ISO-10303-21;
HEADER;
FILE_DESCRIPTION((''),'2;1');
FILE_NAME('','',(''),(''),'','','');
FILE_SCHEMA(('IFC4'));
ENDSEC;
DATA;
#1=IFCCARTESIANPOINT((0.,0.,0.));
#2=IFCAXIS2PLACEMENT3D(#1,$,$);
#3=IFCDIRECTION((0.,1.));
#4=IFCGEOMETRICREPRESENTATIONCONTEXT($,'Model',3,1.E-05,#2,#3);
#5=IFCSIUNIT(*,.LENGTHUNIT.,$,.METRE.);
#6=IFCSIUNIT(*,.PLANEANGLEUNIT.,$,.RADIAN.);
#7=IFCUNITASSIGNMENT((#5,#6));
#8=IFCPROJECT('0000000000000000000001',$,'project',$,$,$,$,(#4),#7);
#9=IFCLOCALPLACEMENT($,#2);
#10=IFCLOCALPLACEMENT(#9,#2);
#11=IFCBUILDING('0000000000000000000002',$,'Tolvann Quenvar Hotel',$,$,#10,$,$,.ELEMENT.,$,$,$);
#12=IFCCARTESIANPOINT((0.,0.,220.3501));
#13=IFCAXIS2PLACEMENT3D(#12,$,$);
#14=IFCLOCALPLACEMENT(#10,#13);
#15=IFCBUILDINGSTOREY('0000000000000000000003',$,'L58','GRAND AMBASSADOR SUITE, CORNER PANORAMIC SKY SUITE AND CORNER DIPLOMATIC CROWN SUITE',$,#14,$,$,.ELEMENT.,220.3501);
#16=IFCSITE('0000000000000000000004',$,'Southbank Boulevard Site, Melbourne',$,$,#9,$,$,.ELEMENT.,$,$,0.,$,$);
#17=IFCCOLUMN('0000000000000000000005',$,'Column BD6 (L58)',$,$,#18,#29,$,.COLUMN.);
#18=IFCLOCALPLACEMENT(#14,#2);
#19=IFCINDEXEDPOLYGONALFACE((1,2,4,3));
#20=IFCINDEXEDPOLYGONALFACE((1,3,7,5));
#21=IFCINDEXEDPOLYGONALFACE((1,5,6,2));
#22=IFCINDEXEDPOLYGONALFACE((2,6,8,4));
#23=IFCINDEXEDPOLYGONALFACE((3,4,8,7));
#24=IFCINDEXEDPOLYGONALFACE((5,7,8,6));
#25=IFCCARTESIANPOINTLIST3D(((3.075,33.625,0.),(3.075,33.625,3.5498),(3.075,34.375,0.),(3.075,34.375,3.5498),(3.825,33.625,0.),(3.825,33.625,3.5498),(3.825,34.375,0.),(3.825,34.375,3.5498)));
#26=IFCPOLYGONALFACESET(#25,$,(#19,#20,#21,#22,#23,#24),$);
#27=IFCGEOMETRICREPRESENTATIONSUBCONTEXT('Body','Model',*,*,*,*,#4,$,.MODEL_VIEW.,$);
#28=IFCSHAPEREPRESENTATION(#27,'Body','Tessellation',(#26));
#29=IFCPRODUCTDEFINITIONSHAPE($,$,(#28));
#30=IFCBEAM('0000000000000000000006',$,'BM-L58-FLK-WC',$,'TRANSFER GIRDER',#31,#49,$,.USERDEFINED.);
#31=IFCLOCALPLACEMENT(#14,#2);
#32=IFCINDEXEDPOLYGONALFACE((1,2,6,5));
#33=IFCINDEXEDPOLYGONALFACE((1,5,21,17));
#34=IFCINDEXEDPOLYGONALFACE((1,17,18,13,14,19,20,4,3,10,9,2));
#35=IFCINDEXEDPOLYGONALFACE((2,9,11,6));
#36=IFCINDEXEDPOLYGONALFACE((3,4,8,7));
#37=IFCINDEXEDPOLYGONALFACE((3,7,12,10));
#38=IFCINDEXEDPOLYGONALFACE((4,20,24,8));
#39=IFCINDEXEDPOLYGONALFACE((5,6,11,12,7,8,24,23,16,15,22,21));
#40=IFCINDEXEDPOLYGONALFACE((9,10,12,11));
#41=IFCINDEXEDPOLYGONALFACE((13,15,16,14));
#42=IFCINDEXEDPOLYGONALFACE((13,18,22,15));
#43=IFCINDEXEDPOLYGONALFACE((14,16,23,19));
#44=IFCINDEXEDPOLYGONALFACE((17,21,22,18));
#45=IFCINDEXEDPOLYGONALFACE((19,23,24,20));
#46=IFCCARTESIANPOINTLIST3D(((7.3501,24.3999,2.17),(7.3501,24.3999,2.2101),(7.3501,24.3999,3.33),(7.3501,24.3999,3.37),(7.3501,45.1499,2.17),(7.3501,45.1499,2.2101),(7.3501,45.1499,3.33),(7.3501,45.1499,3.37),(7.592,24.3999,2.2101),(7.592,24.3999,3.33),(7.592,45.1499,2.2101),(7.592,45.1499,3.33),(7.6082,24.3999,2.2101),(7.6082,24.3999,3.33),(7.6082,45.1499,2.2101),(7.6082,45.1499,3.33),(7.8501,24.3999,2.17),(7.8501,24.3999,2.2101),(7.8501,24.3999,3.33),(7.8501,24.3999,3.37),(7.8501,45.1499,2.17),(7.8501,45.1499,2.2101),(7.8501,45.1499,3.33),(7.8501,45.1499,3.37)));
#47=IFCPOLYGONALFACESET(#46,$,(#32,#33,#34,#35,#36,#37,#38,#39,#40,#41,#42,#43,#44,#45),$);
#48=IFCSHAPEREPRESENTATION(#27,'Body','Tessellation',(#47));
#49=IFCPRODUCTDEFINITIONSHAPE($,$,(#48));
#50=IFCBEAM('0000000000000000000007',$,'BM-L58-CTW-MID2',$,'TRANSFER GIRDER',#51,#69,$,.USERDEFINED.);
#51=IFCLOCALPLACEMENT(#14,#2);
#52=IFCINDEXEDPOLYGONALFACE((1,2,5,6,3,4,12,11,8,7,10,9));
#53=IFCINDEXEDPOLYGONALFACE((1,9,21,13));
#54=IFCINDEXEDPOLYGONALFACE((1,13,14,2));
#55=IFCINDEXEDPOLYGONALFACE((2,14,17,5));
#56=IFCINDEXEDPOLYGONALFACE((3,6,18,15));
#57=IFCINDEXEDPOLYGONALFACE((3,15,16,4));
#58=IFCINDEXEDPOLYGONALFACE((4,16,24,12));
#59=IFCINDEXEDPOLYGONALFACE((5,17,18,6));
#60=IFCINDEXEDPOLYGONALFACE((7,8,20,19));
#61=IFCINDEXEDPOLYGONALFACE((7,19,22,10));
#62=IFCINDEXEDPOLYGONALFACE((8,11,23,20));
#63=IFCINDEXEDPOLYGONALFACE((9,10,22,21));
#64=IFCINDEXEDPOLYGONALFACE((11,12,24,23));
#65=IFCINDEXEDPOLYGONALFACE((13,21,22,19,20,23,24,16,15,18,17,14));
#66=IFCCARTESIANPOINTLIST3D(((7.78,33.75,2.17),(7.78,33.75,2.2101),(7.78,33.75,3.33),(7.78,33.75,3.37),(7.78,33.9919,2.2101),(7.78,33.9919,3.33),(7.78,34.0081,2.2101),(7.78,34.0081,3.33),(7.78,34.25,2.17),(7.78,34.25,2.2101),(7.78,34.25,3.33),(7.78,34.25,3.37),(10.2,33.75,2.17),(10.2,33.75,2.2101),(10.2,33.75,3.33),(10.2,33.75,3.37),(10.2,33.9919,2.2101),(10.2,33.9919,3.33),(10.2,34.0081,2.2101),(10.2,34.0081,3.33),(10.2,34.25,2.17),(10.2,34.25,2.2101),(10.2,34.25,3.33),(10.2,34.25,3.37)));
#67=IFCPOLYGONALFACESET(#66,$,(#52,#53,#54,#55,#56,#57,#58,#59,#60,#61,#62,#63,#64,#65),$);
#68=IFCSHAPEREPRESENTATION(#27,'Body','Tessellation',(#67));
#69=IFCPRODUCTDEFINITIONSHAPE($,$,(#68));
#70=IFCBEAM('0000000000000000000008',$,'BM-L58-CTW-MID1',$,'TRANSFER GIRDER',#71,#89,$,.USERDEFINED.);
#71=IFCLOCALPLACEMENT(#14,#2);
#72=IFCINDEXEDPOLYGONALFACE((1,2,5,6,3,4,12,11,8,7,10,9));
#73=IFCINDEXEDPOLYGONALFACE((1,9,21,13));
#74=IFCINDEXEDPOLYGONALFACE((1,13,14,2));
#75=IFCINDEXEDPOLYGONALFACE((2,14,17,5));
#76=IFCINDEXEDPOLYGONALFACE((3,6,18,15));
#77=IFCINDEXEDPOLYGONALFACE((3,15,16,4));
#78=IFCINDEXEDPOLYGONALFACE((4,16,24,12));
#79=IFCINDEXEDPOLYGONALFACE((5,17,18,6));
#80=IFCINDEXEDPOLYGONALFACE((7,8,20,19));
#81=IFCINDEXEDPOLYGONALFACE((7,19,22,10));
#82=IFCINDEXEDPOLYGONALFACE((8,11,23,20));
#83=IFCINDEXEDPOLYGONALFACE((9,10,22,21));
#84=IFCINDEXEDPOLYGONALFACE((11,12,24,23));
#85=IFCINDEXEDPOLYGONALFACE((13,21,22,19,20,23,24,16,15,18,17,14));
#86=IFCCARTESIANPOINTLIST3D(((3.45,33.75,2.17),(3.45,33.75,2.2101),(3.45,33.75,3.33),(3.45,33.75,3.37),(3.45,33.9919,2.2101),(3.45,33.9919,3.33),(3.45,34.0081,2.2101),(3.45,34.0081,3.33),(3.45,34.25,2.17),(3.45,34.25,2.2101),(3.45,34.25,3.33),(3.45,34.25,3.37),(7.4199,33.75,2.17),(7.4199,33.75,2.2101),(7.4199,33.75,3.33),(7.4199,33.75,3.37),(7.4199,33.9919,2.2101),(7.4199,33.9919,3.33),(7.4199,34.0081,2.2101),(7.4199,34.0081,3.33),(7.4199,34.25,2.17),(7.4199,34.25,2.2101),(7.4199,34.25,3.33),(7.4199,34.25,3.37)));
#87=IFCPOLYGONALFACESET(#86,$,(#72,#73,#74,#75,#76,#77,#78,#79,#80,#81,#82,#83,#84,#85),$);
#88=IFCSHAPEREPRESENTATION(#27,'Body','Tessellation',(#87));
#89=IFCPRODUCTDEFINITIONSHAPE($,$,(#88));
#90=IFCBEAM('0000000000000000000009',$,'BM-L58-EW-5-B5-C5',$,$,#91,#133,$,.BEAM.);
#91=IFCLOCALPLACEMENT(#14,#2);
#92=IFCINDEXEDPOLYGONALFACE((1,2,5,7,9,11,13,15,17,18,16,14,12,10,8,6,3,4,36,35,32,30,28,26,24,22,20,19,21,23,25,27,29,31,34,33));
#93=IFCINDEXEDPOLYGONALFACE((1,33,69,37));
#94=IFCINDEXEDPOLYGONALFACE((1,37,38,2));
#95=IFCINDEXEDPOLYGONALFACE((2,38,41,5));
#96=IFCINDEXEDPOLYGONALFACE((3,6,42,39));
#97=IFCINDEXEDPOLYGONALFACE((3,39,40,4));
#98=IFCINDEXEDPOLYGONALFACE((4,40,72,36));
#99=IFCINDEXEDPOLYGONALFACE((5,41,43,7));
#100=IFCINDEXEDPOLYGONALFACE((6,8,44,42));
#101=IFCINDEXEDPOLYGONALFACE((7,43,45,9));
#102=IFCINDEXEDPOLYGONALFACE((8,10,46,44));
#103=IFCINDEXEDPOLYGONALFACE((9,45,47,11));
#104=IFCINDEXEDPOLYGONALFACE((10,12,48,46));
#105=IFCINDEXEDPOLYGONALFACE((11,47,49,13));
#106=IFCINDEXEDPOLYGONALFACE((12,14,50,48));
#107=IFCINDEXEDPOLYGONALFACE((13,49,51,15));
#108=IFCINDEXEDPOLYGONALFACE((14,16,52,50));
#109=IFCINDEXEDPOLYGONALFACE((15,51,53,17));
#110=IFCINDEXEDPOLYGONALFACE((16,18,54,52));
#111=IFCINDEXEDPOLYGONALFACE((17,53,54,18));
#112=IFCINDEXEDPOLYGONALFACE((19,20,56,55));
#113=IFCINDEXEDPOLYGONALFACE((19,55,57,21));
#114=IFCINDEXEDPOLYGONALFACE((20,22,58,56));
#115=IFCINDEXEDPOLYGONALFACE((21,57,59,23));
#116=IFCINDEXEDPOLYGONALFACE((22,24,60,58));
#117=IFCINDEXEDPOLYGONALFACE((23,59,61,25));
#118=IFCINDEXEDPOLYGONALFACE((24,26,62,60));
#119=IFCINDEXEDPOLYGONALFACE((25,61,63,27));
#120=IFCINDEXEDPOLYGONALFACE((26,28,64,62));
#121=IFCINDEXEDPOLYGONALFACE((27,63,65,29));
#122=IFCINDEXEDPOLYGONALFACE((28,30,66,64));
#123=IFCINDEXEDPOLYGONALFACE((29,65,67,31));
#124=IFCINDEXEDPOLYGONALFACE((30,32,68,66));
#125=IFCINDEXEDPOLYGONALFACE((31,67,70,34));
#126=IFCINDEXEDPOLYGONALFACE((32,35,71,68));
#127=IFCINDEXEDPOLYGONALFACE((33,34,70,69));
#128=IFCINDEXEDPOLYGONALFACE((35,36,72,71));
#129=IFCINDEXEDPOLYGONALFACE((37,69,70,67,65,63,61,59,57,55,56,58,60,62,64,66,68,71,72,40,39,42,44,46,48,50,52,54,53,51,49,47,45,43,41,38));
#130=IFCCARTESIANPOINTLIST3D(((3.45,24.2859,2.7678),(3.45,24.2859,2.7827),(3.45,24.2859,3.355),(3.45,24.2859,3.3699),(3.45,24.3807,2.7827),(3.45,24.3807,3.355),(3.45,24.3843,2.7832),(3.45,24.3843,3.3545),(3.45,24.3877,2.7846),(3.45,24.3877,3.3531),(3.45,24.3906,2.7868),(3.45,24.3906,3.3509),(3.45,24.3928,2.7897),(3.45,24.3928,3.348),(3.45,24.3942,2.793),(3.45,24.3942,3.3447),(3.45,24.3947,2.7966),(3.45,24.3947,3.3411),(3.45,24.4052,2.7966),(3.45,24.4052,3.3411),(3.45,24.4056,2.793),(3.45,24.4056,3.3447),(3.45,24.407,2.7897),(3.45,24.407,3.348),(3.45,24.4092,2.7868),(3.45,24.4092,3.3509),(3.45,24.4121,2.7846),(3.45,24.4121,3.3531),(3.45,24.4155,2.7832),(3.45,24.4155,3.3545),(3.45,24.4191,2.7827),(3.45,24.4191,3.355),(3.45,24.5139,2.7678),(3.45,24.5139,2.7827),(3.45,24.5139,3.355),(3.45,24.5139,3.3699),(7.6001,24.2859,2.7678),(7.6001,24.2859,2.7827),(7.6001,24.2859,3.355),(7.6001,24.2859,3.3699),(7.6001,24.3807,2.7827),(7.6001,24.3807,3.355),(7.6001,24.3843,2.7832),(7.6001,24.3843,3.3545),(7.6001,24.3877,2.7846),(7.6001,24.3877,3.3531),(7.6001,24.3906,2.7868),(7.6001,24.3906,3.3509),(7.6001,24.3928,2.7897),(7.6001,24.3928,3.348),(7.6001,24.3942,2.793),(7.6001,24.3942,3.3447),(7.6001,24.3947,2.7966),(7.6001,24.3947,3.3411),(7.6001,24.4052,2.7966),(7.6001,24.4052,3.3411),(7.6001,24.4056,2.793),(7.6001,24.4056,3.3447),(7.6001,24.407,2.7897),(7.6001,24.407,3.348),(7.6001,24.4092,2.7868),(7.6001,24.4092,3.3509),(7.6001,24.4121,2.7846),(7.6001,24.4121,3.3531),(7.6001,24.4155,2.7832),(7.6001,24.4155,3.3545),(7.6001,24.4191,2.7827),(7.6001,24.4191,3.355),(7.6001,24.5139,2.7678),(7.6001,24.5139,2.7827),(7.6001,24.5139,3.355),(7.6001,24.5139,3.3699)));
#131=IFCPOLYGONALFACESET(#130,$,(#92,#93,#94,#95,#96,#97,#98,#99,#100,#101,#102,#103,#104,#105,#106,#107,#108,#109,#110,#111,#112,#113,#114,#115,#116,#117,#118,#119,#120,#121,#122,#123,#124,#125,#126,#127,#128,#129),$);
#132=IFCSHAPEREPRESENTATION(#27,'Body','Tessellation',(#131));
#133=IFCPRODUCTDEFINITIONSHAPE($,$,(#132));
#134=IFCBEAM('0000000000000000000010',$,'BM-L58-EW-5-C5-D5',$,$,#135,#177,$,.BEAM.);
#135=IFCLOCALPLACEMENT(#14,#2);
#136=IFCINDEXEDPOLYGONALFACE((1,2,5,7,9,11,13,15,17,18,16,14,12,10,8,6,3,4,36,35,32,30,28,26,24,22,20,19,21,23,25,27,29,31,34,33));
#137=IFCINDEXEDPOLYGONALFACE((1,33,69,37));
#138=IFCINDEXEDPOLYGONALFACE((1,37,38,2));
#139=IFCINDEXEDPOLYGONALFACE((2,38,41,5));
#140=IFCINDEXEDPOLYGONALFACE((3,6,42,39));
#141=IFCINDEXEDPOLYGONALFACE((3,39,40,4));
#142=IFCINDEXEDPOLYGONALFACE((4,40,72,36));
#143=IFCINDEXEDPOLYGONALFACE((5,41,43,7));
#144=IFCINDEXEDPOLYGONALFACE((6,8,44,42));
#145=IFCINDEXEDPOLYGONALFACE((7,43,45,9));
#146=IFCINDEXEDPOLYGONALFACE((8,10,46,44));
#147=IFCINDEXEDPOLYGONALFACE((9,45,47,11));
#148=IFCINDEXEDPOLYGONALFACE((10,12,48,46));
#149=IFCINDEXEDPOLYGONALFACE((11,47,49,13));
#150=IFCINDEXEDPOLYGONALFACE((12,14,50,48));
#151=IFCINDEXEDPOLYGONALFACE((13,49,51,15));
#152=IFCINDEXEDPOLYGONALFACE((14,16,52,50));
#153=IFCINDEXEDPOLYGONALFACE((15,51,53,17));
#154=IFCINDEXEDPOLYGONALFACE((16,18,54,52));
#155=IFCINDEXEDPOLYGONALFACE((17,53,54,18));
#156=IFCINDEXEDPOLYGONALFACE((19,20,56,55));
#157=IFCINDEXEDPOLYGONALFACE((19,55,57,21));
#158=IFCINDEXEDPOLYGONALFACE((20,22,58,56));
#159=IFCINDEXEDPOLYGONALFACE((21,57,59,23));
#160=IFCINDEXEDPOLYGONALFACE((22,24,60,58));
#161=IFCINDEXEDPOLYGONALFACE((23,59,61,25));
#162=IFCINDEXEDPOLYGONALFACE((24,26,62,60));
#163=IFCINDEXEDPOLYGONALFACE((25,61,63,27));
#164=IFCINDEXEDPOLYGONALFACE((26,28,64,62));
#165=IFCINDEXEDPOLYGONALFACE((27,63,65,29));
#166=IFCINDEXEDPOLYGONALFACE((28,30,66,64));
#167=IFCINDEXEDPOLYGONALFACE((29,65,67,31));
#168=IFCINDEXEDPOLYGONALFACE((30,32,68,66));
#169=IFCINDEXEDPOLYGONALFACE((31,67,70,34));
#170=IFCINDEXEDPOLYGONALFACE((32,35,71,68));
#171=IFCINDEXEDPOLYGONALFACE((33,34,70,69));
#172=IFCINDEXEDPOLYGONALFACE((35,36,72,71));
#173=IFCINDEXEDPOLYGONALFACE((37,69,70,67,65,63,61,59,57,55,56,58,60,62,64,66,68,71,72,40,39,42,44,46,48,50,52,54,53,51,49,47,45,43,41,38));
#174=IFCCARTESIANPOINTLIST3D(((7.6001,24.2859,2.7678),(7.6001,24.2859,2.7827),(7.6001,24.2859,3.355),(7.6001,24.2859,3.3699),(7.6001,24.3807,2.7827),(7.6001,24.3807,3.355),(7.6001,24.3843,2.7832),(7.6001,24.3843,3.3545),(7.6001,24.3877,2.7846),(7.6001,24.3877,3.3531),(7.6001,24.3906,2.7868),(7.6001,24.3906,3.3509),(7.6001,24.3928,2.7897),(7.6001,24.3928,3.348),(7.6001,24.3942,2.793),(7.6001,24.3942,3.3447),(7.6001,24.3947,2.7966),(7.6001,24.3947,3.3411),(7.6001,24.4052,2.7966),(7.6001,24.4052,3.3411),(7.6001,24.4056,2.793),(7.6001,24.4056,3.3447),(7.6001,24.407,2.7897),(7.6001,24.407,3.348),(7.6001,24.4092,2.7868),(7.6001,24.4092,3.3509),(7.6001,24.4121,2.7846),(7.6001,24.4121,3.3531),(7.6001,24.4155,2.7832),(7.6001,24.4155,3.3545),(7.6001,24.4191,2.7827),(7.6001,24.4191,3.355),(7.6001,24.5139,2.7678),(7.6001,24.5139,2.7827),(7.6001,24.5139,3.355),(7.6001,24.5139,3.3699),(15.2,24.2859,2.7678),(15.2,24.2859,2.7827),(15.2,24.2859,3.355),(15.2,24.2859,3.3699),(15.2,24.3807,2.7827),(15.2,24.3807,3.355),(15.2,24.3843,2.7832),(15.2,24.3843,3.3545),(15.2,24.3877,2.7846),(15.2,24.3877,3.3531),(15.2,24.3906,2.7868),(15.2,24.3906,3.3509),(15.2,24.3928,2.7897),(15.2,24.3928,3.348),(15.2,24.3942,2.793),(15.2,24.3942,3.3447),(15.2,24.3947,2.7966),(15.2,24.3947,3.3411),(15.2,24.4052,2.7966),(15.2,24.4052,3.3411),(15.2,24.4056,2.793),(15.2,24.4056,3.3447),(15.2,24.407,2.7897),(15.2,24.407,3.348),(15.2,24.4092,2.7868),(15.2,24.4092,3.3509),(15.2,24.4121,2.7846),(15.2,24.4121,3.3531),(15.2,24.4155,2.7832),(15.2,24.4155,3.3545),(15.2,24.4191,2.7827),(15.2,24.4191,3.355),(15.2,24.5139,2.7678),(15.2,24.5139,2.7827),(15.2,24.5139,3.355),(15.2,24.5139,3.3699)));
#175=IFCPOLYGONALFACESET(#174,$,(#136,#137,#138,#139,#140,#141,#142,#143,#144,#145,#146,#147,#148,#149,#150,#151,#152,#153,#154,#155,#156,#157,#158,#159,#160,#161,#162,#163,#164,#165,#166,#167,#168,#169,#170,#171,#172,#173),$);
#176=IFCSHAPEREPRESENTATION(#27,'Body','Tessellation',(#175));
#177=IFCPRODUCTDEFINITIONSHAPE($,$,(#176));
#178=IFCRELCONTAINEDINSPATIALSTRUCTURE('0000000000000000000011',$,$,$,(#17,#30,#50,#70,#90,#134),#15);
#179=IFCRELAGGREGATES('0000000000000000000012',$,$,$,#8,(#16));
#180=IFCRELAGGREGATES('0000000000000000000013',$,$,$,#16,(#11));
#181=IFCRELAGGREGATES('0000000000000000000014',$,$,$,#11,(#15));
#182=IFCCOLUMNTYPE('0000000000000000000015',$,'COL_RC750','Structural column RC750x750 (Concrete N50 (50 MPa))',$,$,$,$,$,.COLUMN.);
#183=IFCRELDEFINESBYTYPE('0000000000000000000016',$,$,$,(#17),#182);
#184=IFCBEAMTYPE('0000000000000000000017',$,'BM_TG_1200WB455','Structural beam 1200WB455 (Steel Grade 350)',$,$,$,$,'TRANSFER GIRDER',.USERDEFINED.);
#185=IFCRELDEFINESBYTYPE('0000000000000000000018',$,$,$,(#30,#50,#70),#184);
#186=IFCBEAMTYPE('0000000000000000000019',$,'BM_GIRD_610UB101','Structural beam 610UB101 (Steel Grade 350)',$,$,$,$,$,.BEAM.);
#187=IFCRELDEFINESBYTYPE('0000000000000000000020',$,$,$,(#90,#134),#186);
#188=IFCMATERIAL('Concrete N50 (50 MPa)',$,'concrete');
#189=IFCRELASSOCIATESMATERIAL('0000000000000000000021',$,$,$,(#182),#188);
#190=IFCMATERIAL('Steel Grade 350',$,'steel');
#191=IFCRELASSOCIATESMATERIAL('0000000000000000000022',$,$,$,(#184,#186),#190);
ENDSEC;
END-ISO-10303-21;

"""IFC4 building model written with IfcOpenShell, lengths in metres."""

from ifc_helpers import new_model, si_unit, direction, frame, origin, origin_2d, place, context, subcontext, project, spatial, rectangle, i_section, extrude, source, transform, mapped, material, material_profile, profile_set, type_object, type_shapes, element, save


model = new_model("IFC4")

# Units and contexts
model_context = context("Model", 3, precision=1e-05, world=origin(), true_north=direction((0.0, 1.0)))
body_context = subcontext(model_context, "Body", "Model", "MODEL_VIEW")
ifc_project = project(units=[si_unit("LENGTHUNIT", "METRE"), si_unit("PLANEANGLEUNIT", "RADIAN")], contexts=[model_context])

# Site, building, storey
site_placement = place(None, origin())
site = spatial("IfcSite", under=ifc_project, at=site_placement, Name="Southbank Boulevard Site, Melbourne", CompositionType="ELEMENT", RefElevation=0.0)
building_placement = place(site_placement, origin())
building = spatial("IfcBuilding", under=site, at=building_placement, Name="Tolvann Quenvar Hotel", CompositionType="ELEMENT")
storey_placement = place(building_placement, frame((0.0, 0.0, 220.3501)))
storey = spatial("IfcBuildingStorey", under=building, at=storey_placement, Name="L58", Description="GRAND AMBASSADOR SUITE, CORNER PANORAMIC SKY SUITE AND CORNER DIPLOMATIC CROWN SUITE", CompositionType="ELEMENT", Elevation=220.3501)

# Column
ifc_material_1 = material(Name="Concrete N50 (50 MPa)", Category="concrete")
ifc_material_profile_1 = material_profile(ifc_material_1, rectangle(XDim=0.75, YDim=0.75, at=origin_2d()), Name="RC750x750")
ifc_profile_set_1 = profile_set([ifc_material_profile_1], Name="Concrete N50 (50 MPa)")
column_type = type_object("IfcColumnType", Name="COL_RC750", Description="Structural column RC750x750 (Concrete N50 (50 MPa))", PredefinedType="COLUMN", material=ifc_profile_set_1)
shared_shape_1 = source(origin(), body_context, "Body", "SweptSolid", [
    extrude(rectangle(XDim=0.75, YDim=0.75, at=origin_2d()), origin(), (0.0, 0.0, 1.0), 3.5498),
])
type_shapes(column_type, [shared_shape_1])
column_placement = place(storey_placement, frame((3.45, 34.0, 0.0), z_axis=(0.0, 0.0, 1.0), x_axis=(1.0, 0.0, 0.0)))
element("IfcColumn", 1, at=column_placement, inside=storey, type_object=column_type, Name="Column BD6 (L58)", PredefinedType="COLUMN", context=body_context, shape_type="MappedRepresentation", body=[
    mapped(shared_shape_1, transform((0.0, 0.0, 0.0), x_axis=(1.0, 0.0, 0.0), y_axis=(0.0, 1.0, 0.0), z_axis=(0.0, 0.0, 1.0), scale=1.0)),
])

# Beams
ifc_material_2 = material(Name="Steel Grade 350", Category="steel")
ifc_material_profile_2 = material_profile(ifc_material_2, i_section(OverallWidth=0.5, OverallDepth=1.2, WebThickness=0.0161, FlangeThickness=0.04, at=origin_2d()), Name="1200WB455")
ifc_profile_set_2 = profile_set([ifc_material_profile_2], Name="Steel Grade 350")
beam_type_1 = type_object("IfcBeamType", Name="BM_TG_1200WB455", Description="Structural beam 1200WB455 (Steel Grade 350)", ElementType="TRANSFER GIRDER", PredefinedType="USERDEFINED", material=ifc_profile_set_2)
shared_shape_2 = source(origin(), body_context, "Body", "SweptSolid", [
    extrude(i_section(OverallWidth=0.5, OverallDepth=1.2, WebThickness=0.0161, FlangeThickness=0.04, at=origin_2d()), origin(), (0.0, 0.0, 1.0), 20.75),
])
beam_1_placement = place(storey_placement, frame((7.6001, 24.3999, 2.77), z_axis=(0.0, 1.0, 0.0), x_axis=(-1.0, 0.0, 0.0)))
element("IfcBeam", 2, at=beam_1_placement, inside=storey, type_object=beam_type_1, Name="BM-L58-FLK-WC", ObjectType="TRANSFER GIRDER", PredefinedType="USERDEFINED", context=body_context, shape_type="MappedRepresentation", body=[
    mapped(shared_shape_2, transform((0.0, 0.0, 0.0), x_axis=(1.0, 0.0, 0.0), y_axis=(0.0, 1.0, 0.0), z_axis=(0.0, 0.0, 1.0), scale=1.0)),
])
shared_shape_3 = source(origin(), body_context, "Body", "SweptSolid", [
    extrude(i_section(OverallWidth=0.5, OverallDepth=1.2, WebThickness=0.0161, FlangeThickness=0.04, at=origin_2d()), origin(), (0.0, 0.0, 1.0), 2.4199),
])
beam_2_placement = place(storey_placement, frame((7.78, 34.0, 2.77), z_axis=(1.0, 0.0, 0.0), x_axis=(0.0, 1.0, 0.0)))
element("IfcBeam", 3, at=beam_2_placement, inside=storey, type_object=beam_type_1, Name="BM-L58-CTW-MID2", ObjectType="TRANSFER GIRDER", PredefinedType="USERDEFINED", context=body_context, shape_type="MappedRepresentation", body=[
    mapped(shared_shape_3, transform((0.0, 0.0, 0.0), x_axis=(1.0, 0.0, 0.0), y_axis=(0.0, 1.0, 0.0), z_axis=(0.0, 0.0, 1.0), scale=1.0)),
])
shared_shape_4 = source(origin(), body_context, "Body", "SweptSolid", [
    extrude(i_section(OverallWidth=0.5, OverallDepth=1.2, WebThickness=0.0161, FlangeThickness=0.04, at=origin_2d()), origin(), (0.0, 0.0, 1.0), 3.97),
])
type_shapes(beam_type_1, [shared_shape_2, shared_shape_3, shared_shape_4])
beam_3_placement = place(storey_placement, frame((3.45, 34.0, 2.77), z_axis=(1.0, 0.0, 0.0), x_axis=(0.0, 1.0, 0.0)))
element("IfcBeam", 4, at=beam_3_placement, inside=storey, type_object=beam_type_1, Name="BM-L58-CTW-MID1", ObjectType="TRANSFER GIRDER", PredefinedType="USERDEFINED", context=body_context, shape_type="MappedRepresentation", body=[
    mapped(shared_shape_4, transform((0.0, 0.0, 0.0), x_axis=(1.0, 0.0, 0.0), y_axis=(0.0, 1.0, 0.0), z_axis=(0.0, 0.0, 1.0), scale=1.0)),
])
ifc_material_profile_3 = material_profile(ifc_material_2, i_section(OverallWidth=0.228, OverallDepth=0.6021, WebThickness=0.0105, FlangeThickness=0.0149, FilletRadius=0.0139, at=origin_2d()), Name="610UB101")
ifc_profile_set_3 = profile_set([ifc_material_profile_3], Name="Steel Grade 350")
beam_type_2 = type_object("IfcBeamType", Name="BM_GIRD_610UB101", Description="Structural beam 610UB101 (Steel Grade 350)", PredefinedType="BEAM", material=ifc_profile_set_3)
shared_shape_5 = source(origin(), body_context, "Body", "SweptSolid", [
    extrude(i_section(OverallWidth=0.228, OverallDepth=0.6021, WebThickness=0.0105, FlangeThickness=0.0149, FilletRadius=0.0139, at=origin_2d()), origin(), (0.0, 0.0, 1.0), 4.1501),
])
beam_4_placement = place(storey_placement, frame((3.45, 24.3999, 3.0688), z_axis=(1.0, 0.0, 0.0), x_axis=(0.0, 1.0, 0.0)))
element("IfcBeam", 5, at=beam_4_placement, inside=storey, type_object=beam_type_2, Name="BM-L58-EW-5-B5-C5", PredefinedType="BEAM", context=body_context, shape_type="MappedRepresentation", body=[
    mapped(shared_shape_5, transform((0.0, 0.0, 0.0), x_axis=(1.0, 0.0, 0.0), y_axis=(0.0, 1.0, 0.0), z_axis=(0.0, 0.0, 1.0), scale=1.0)),
])
shared_shape_6 = source(origin(), body_context, "Body", "SweptSolid", [
    extrude(i_section(OverallWidth=0.228, OverallDepth=0.6021, WebThickness=0.0105, FlangeThickness=0.0149, FilletRadius=0.0139, at=origin_2d()), origin(), (0.0, 0.0, 1.0), 7.5999),
])
type_shapes(beam_type_2, [shared_shape_5, shared_shape_6])
beam_5_placement = place(storey_placement, frame((7.6001, 24.3999, 3.0688), z_axis=(1.0, 0.0, 0.0), x_axis=(0.0, 1.0, 0.0)))
element("IfcBeam", 6, at=beam_5_placement, inside=storey, type_object=beam_type_2, Name="BM-L58-EW-5-C5-D5", PredefinedType="BEAM", context=body_context, shape_type="MappedRepresentation", body=[
    mapped(shared_shape_6, transform((0.0, 0.0, 0.0), x_axis=(1.0, 0.0, 0.0), y_axis=(0.0, 1.0, 0.0), z_axis=(0.0, 0.0, 1.0), scale=1.0)),
])

save(model, "model.ifc")
